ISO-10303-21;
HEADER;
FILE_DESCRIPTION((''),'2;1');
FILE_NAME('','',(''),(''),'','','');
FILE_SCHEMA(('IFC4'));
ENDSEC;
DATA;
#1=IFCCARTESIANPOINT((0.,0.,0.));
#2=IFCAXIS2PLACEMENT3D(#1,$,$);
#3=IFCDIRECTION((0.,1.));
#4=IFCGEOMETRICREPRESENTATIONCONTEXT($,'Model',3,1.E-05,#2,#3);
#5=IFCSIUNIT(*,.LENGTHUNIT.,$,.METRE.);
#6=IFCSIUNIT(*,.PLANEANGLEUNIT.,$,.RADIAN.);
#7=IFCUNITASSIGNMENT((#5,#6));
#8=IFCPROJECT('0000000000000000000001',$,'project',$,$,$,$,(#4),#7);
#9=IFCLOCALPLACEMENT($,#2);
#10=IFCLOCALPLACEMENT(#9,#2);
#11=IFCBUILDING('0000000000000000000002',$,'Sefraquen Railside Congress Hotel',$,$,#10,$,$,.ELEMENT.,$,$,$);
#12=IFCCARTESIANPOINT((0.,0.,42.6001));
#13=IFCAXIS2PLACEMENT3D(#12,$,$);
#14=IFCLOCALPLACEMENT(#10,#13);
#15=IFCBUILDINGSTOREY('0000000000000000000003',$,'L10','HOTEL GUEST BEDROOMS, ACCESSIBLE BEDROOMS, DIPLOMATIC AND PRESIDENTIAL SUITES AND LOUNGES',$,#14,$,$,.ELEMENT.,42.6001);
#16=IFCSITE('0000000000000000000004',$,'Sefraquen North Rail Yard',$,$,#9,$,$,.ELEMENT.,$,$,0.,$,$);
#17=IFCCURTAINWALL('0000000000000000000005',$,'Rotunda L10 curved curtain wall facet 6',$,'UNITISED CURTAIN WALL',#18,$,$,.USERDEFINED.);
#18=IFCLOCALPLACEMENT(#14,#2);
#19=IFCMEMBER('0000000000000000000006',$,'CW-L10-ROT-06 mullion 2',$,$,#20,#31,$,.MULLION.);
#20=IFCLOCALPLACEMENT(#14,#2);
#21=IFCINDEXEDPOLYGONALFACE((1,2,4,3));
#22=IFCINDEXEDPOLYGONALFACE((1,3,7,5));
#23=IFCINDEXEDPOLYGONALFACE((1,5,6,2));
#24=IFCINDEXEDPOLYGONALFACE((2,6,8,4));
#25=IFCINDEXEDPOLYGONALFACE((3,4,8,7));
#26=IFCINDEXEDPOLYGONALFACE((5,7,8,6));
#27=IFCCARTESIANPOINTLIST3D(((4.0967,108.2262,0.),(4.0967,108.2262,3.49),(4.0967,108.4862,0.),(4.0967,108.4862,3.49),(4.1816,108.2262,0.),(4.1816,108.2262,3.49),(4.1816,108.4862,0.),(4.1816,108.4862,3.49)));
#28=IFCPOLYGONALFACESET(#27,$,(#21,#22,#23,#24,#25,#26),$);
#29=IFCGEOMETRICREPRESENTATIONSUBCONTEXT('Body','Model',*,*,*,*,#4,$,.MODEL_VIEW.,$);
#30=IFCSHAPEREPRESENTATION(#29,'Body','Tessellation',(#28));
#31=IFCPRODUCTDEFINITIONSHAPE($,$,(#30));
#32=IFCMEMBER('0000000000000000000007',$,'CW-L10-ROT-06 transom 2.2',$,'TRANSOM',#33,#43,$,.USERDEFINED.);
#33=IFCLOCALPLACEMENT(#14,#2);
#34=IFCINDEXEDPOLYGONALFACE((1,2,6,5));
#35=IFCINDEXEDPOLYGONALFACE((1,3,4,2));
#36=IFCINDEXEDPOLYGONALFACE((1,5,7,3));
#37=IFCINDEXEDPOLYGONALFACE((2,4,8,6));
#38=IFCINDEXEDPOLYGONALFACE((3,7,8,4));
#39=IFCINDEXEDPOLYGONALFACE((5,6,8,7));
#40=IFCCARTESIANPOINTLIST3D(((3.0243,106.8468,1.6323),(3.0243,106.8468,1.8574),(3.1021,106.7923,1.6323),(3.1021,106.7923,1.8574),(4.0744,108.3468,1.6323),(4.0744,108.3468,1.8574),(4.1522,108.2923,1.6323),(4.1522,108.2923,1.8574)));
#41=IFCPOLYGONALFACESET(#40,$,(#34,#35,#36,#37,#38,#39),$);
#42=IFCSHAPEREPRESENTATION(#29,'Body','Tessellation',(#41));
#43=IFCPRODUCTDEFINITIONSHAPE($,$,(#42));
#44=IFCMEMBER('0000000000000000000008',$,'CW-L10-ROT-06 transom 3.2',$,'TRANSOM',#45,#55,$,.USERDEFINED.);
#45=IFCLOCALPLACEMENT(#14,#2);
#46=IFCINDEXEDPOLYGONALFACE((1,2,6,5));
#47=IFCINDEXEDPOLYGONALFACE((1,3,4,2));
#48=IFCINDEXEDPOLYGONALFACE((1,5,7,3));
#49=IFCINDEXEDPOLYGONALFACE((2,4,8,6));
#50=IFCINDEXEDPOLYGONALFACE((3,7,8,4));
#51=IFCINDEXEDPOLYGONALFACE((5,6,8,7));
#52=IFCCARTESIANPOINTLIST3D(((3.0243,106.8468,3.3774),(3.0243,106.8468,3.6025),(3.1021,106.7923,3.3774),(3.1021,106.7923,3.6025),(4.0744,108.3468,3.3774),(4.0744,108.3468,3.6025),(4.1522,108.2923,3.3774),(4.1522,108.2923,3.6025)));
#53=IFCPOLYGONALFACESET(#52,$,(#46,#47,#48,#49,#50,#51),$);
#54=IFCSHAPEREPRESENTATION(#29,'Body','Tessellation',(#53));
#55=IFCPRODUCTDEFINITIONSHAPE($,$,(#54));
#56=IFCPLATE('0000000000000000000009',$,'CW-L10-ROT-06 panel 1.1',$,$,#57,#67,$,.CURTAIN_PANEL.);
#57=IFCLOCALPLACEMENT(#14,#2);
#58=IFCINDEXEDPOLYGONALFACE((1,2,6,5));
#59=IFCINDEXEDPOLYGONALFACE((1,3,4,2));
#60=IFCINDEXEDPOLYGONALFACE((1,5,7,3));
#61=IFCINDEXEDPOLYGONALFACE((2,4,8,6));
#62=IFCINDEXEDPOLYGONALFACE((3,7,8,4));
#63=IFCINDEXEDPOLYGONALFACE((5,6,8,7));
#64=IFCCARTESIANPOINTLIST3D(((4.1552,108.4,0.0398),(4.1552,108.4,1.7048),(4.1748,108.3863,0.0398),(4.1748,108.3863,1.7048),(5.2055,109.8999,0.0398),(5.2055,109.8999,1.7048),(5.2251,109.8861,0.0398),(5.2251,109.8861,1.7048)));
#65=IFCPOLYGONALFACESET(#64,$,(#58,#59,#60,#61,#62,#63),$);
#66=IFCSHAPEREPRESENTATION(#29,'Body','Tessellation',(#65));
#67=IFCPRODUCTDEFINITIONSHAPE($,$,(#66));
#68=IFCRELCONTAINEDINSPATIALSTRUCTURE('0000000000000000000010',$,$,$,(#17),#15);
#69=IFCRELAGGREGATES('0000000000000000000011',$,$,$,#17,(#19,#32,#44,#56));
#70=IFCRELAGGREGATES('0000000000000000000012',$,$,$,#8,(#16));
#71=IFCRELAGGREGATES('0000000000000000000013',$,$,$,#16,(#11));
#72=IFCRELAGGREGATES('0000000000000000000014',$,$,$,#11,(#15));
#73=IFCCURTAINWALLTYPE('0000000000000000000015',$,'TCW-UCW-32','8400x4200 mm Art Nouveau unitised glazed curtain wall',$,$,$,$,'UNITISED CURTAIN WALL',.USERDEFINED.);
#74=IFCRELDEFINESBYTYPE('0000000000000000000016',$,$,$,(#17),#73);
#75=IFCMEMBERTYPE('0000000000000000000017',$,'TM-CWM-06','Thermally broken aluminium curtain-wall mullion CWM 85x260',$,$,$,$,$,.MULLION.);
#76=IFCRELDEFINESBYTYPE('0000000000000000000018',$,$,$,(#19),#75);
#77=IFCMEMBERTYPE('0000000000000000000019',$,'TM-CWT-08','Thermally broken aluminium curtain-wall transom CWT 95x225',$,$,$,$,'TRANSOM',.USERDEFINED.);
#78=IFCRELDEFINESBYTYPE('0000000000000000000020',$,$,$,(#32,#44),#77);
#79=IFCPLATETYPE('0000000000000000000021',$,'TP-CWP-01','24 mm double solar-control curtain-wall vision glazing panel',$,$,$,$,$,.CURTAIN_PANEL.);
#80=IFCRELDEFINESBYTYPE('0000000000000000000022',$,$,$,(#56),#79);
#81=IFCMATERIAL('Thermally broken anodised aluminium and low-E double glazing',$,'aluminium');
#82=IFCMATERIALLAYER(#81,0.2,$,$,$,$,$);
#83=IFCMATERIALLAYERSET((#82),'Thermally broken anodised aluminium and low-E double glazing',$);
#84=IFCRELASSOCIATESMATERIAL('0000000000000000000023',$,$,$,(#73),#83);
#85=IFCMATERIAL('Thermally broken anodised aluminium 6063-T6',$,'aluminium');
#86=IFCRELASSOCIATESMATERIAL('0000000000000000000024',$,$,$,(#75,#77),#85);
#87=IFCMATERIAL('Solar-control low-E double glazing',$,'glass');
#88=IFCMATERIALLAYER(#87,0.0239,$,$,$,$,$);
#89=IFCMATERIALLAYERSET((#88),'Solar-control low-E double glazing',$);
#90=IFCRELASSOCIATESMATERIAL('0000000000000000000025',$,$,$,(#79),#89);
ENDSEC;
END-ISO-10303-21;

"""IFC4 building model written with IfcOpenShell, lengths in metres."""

from ifc_helpers import new_model, si_unit, direction, frame, origin, origin_2d, place, context, subcontext, project, spatial, rectangle, extrude, material, layer, layer_set, material_profile, profile_set, type_object, element, aggregate, save


model = new_model("IFC4")

# Units and contexts
model_context = context("Model", 3, precision=1e-05, world=origin(), true_north=direction((0.0, 1.0)))
body_context = subcontext(model_context, "Body", "Model", "MODEL_VIEW")
ifc_project = project(units=[si_unit("LENGTHUNIT", "METRE"), si_unit("PLANEANGLEUNIT", "RADIAN")], contexts=[model_context])

# Site, building, storey
site_placement = place(None, origin())
site = spatial("IfcSite", under=ifc_project, at=site_placement, Name="Sefraquen North Rail Yard", CompositionType="ELEMENT", RefElevation=0.0)
building_placement = place(site_placement, origin())
building = spatial("IfcBuilding", under=site, at=building_placement, Name="Sefraquen Railside Congress Hotel", CompositionType="ELEMENT")
storey_placement = place(building_placement, frame((0.0, 0.0, 42.6001)))
storey = spatial("IfcBuildingStorey", under=building, at=storey_placement, Name="L10", Description="HOTEL GUEST BEDROOMS, ACCESSIBLE BEDROOMS, DIPLOMATIC AND PRESIDENTIAL SUITES AND LOUNGES", CompositionType="ELEMENT", Elevation=42.6001)

# Curtain wall, members, plate
ifc_material_1 = material(Name="Thermally broken anodised aluminium and low-E double glazing", Category="aluminium")
ifc_layer_1 = layer(ifc_material_1, 0.2)
ifc_layer_set_1 = layer_set([ifc_layer_1], Name="Thermally broken anodised aluminium and low-E double glazing")
curtain_wall_type = type_object("IfcCurtainWallType", Name="TCW-UCW-32", Description="8400x4200 mm Art Nouveau unitised glazed curtain wall", ElementType="UNITISED CURTAIN WALL", PredefinedType="USERDEFINED", material=ifc_layer_set_1)
curtain_wall_placement = place(storey_placement, origin())
curtain_wall = element("IfcCurtainWall", 1, at=curtain_wall_placement, inside=storey, type_object=curtain_wall_type, Name="Rotunda L10 curved curtain wall facet 6", ObjectType="UNITISED CURTAIN WALL", PredefinedType="USERDEFINED")
ifc_material_2 = material(Name="Thermally broken anodised aluminium 6063-T6", Category="aluminium")
ifc_material_profile_1 = material_profile(ifc_material_2, rectangle(XDim=0.085, YDim=0.26, at=origin_2d()), Name="CWM 85x260")
ifc_profile_set_1 = profile_set([ifc_material_profile_1], Name="Thermally broken anodised aluminium 6063-T6")
member_type_1 = type_object("IfcMemberType", Name="TM-CWM-06", Description="Thermally broken aluminium curtain-wall mullion CWM 85x260", PredefinedType="MULLION", material=ifc_profile_set_1)
member_1_placement = place(storey_placement, frame((4.1392, 108.3562, 0.0), z_axis=(0.0, 0.0, 1.0), x_axis=(1.0, 0.0, 0.0)))
member_1 = element("IfcMember", 2, at=member_1_placement, type_object=member_type_1, Name="CW-L10-ROT-06 mullion 2", PredefinedType="MULLION", context=body_context, shape_type="SweptSolid", body=[
    extrude(rectangle(XDim=0.085, YDim=0.26, at=origin_2d()), origin(), (0.0, 0.0, 1.0), 3.49),
])
ifc_material_profile_2 = material_profile(ifc_material_2, rectangle(XDim=0.095, YDim=0.2251, at=origin_2d()), Name="CWT 95x225")
ifc_profile_set_2 = profile_set([ifc_material_profile_2], Name="Thermally broken anodised aluminium 6063-T6")
member_type_2 = type_object("IfcMemberType", Name="TM-CWT-08", Description="Thermally broken aluminium curtain-wall transom CWT 95x225", ElementType="TRANSOM", PredefinedType="USERDEFINED", material=ifc_profile_set_2)
member_2_placement = place(storey_placement, frame((4.1133, 108.3196, 1.7449), z_axis=(-0.57348, -0.819219, 0.0), x_axis=(0.819219, -0.57348, 0.0)))
member_2 = element("IfcMember", 3, at=member_2_placement, type_object=member_type_2, Name="CW-L10-ROT-06 transom 2.2", ObjectType="TRANSOM", PredefinedType="USERDEFINED", context=body_context, shape_type="SweptSolid", body=[
    extrude(rectangle(XDim=0.095, YDim=0.2251, at=origin_2d()), origin(), (0.0, 0.0, 1.0), 1.8311),
])
member_3_placement = place(storey_placement, frame((4.1133, 108.3196, 3.49), z_axis=(-0.57348, -0.819219, 0.0), x_axis=(0.819219, -0.57348, 0.0)))
member_3 = element("IfcMember", 4, at=member_3_placement, type_object=member_type_2, Name="CW-L10-ROT-06 transom 3.2", ObjectType="TRANSOM", PredefinedType="USERDEFINED", context=body_context, shape_type="SweptSolid", body=[
    extrude(rectangle(XDim=0.095, YDim=0.2251, at=origin_2d()), origin(), (0.0, 0.0, 1.0), 1.8311),
])
ifc_material_3 = material(Name="Solar-control low-E double glazing", Category="glass")
ifc_layer_2 = layer(ifc_material_3, 0.0239)
ifc_layer_set_2 = layer_set([ifc_layer_2], Name="Solar-control low-E double glazing")
plate_type = type_object("IfcPlateType", Name="TP-CWP-01", Description="24 mm double solar-control curtain-wall vision glazing panel", PredefinedType="CURTAIN_PANEL", material=ifc_layer_set_2)
plate_placement = place(storey_placement, frame((4.6902, 109.1431, 0.0398), z_axis=(0.0, 0.0, 1.0), x_axis=(-0.573605, -0.819132, 0.0)))
plate = element("IfcPlate", 5, at=plate_placement, type_object=plate_type, Name="CW-L10-ROT-06 panel 1.1", PredefinedType="CURTAIN_PANEL", context=body_context, shape_type="SweptSolid", body=[
    extrude(rectangle(XDim=1.8311, YDim=0.0239, at=origin_2d()), origin(), (0.0, 0.0, 1.0), 1.665),
])
aggregate(curtain_wall, [member_1, member_2, member_3, plate])

save(model, "model.ifc")
